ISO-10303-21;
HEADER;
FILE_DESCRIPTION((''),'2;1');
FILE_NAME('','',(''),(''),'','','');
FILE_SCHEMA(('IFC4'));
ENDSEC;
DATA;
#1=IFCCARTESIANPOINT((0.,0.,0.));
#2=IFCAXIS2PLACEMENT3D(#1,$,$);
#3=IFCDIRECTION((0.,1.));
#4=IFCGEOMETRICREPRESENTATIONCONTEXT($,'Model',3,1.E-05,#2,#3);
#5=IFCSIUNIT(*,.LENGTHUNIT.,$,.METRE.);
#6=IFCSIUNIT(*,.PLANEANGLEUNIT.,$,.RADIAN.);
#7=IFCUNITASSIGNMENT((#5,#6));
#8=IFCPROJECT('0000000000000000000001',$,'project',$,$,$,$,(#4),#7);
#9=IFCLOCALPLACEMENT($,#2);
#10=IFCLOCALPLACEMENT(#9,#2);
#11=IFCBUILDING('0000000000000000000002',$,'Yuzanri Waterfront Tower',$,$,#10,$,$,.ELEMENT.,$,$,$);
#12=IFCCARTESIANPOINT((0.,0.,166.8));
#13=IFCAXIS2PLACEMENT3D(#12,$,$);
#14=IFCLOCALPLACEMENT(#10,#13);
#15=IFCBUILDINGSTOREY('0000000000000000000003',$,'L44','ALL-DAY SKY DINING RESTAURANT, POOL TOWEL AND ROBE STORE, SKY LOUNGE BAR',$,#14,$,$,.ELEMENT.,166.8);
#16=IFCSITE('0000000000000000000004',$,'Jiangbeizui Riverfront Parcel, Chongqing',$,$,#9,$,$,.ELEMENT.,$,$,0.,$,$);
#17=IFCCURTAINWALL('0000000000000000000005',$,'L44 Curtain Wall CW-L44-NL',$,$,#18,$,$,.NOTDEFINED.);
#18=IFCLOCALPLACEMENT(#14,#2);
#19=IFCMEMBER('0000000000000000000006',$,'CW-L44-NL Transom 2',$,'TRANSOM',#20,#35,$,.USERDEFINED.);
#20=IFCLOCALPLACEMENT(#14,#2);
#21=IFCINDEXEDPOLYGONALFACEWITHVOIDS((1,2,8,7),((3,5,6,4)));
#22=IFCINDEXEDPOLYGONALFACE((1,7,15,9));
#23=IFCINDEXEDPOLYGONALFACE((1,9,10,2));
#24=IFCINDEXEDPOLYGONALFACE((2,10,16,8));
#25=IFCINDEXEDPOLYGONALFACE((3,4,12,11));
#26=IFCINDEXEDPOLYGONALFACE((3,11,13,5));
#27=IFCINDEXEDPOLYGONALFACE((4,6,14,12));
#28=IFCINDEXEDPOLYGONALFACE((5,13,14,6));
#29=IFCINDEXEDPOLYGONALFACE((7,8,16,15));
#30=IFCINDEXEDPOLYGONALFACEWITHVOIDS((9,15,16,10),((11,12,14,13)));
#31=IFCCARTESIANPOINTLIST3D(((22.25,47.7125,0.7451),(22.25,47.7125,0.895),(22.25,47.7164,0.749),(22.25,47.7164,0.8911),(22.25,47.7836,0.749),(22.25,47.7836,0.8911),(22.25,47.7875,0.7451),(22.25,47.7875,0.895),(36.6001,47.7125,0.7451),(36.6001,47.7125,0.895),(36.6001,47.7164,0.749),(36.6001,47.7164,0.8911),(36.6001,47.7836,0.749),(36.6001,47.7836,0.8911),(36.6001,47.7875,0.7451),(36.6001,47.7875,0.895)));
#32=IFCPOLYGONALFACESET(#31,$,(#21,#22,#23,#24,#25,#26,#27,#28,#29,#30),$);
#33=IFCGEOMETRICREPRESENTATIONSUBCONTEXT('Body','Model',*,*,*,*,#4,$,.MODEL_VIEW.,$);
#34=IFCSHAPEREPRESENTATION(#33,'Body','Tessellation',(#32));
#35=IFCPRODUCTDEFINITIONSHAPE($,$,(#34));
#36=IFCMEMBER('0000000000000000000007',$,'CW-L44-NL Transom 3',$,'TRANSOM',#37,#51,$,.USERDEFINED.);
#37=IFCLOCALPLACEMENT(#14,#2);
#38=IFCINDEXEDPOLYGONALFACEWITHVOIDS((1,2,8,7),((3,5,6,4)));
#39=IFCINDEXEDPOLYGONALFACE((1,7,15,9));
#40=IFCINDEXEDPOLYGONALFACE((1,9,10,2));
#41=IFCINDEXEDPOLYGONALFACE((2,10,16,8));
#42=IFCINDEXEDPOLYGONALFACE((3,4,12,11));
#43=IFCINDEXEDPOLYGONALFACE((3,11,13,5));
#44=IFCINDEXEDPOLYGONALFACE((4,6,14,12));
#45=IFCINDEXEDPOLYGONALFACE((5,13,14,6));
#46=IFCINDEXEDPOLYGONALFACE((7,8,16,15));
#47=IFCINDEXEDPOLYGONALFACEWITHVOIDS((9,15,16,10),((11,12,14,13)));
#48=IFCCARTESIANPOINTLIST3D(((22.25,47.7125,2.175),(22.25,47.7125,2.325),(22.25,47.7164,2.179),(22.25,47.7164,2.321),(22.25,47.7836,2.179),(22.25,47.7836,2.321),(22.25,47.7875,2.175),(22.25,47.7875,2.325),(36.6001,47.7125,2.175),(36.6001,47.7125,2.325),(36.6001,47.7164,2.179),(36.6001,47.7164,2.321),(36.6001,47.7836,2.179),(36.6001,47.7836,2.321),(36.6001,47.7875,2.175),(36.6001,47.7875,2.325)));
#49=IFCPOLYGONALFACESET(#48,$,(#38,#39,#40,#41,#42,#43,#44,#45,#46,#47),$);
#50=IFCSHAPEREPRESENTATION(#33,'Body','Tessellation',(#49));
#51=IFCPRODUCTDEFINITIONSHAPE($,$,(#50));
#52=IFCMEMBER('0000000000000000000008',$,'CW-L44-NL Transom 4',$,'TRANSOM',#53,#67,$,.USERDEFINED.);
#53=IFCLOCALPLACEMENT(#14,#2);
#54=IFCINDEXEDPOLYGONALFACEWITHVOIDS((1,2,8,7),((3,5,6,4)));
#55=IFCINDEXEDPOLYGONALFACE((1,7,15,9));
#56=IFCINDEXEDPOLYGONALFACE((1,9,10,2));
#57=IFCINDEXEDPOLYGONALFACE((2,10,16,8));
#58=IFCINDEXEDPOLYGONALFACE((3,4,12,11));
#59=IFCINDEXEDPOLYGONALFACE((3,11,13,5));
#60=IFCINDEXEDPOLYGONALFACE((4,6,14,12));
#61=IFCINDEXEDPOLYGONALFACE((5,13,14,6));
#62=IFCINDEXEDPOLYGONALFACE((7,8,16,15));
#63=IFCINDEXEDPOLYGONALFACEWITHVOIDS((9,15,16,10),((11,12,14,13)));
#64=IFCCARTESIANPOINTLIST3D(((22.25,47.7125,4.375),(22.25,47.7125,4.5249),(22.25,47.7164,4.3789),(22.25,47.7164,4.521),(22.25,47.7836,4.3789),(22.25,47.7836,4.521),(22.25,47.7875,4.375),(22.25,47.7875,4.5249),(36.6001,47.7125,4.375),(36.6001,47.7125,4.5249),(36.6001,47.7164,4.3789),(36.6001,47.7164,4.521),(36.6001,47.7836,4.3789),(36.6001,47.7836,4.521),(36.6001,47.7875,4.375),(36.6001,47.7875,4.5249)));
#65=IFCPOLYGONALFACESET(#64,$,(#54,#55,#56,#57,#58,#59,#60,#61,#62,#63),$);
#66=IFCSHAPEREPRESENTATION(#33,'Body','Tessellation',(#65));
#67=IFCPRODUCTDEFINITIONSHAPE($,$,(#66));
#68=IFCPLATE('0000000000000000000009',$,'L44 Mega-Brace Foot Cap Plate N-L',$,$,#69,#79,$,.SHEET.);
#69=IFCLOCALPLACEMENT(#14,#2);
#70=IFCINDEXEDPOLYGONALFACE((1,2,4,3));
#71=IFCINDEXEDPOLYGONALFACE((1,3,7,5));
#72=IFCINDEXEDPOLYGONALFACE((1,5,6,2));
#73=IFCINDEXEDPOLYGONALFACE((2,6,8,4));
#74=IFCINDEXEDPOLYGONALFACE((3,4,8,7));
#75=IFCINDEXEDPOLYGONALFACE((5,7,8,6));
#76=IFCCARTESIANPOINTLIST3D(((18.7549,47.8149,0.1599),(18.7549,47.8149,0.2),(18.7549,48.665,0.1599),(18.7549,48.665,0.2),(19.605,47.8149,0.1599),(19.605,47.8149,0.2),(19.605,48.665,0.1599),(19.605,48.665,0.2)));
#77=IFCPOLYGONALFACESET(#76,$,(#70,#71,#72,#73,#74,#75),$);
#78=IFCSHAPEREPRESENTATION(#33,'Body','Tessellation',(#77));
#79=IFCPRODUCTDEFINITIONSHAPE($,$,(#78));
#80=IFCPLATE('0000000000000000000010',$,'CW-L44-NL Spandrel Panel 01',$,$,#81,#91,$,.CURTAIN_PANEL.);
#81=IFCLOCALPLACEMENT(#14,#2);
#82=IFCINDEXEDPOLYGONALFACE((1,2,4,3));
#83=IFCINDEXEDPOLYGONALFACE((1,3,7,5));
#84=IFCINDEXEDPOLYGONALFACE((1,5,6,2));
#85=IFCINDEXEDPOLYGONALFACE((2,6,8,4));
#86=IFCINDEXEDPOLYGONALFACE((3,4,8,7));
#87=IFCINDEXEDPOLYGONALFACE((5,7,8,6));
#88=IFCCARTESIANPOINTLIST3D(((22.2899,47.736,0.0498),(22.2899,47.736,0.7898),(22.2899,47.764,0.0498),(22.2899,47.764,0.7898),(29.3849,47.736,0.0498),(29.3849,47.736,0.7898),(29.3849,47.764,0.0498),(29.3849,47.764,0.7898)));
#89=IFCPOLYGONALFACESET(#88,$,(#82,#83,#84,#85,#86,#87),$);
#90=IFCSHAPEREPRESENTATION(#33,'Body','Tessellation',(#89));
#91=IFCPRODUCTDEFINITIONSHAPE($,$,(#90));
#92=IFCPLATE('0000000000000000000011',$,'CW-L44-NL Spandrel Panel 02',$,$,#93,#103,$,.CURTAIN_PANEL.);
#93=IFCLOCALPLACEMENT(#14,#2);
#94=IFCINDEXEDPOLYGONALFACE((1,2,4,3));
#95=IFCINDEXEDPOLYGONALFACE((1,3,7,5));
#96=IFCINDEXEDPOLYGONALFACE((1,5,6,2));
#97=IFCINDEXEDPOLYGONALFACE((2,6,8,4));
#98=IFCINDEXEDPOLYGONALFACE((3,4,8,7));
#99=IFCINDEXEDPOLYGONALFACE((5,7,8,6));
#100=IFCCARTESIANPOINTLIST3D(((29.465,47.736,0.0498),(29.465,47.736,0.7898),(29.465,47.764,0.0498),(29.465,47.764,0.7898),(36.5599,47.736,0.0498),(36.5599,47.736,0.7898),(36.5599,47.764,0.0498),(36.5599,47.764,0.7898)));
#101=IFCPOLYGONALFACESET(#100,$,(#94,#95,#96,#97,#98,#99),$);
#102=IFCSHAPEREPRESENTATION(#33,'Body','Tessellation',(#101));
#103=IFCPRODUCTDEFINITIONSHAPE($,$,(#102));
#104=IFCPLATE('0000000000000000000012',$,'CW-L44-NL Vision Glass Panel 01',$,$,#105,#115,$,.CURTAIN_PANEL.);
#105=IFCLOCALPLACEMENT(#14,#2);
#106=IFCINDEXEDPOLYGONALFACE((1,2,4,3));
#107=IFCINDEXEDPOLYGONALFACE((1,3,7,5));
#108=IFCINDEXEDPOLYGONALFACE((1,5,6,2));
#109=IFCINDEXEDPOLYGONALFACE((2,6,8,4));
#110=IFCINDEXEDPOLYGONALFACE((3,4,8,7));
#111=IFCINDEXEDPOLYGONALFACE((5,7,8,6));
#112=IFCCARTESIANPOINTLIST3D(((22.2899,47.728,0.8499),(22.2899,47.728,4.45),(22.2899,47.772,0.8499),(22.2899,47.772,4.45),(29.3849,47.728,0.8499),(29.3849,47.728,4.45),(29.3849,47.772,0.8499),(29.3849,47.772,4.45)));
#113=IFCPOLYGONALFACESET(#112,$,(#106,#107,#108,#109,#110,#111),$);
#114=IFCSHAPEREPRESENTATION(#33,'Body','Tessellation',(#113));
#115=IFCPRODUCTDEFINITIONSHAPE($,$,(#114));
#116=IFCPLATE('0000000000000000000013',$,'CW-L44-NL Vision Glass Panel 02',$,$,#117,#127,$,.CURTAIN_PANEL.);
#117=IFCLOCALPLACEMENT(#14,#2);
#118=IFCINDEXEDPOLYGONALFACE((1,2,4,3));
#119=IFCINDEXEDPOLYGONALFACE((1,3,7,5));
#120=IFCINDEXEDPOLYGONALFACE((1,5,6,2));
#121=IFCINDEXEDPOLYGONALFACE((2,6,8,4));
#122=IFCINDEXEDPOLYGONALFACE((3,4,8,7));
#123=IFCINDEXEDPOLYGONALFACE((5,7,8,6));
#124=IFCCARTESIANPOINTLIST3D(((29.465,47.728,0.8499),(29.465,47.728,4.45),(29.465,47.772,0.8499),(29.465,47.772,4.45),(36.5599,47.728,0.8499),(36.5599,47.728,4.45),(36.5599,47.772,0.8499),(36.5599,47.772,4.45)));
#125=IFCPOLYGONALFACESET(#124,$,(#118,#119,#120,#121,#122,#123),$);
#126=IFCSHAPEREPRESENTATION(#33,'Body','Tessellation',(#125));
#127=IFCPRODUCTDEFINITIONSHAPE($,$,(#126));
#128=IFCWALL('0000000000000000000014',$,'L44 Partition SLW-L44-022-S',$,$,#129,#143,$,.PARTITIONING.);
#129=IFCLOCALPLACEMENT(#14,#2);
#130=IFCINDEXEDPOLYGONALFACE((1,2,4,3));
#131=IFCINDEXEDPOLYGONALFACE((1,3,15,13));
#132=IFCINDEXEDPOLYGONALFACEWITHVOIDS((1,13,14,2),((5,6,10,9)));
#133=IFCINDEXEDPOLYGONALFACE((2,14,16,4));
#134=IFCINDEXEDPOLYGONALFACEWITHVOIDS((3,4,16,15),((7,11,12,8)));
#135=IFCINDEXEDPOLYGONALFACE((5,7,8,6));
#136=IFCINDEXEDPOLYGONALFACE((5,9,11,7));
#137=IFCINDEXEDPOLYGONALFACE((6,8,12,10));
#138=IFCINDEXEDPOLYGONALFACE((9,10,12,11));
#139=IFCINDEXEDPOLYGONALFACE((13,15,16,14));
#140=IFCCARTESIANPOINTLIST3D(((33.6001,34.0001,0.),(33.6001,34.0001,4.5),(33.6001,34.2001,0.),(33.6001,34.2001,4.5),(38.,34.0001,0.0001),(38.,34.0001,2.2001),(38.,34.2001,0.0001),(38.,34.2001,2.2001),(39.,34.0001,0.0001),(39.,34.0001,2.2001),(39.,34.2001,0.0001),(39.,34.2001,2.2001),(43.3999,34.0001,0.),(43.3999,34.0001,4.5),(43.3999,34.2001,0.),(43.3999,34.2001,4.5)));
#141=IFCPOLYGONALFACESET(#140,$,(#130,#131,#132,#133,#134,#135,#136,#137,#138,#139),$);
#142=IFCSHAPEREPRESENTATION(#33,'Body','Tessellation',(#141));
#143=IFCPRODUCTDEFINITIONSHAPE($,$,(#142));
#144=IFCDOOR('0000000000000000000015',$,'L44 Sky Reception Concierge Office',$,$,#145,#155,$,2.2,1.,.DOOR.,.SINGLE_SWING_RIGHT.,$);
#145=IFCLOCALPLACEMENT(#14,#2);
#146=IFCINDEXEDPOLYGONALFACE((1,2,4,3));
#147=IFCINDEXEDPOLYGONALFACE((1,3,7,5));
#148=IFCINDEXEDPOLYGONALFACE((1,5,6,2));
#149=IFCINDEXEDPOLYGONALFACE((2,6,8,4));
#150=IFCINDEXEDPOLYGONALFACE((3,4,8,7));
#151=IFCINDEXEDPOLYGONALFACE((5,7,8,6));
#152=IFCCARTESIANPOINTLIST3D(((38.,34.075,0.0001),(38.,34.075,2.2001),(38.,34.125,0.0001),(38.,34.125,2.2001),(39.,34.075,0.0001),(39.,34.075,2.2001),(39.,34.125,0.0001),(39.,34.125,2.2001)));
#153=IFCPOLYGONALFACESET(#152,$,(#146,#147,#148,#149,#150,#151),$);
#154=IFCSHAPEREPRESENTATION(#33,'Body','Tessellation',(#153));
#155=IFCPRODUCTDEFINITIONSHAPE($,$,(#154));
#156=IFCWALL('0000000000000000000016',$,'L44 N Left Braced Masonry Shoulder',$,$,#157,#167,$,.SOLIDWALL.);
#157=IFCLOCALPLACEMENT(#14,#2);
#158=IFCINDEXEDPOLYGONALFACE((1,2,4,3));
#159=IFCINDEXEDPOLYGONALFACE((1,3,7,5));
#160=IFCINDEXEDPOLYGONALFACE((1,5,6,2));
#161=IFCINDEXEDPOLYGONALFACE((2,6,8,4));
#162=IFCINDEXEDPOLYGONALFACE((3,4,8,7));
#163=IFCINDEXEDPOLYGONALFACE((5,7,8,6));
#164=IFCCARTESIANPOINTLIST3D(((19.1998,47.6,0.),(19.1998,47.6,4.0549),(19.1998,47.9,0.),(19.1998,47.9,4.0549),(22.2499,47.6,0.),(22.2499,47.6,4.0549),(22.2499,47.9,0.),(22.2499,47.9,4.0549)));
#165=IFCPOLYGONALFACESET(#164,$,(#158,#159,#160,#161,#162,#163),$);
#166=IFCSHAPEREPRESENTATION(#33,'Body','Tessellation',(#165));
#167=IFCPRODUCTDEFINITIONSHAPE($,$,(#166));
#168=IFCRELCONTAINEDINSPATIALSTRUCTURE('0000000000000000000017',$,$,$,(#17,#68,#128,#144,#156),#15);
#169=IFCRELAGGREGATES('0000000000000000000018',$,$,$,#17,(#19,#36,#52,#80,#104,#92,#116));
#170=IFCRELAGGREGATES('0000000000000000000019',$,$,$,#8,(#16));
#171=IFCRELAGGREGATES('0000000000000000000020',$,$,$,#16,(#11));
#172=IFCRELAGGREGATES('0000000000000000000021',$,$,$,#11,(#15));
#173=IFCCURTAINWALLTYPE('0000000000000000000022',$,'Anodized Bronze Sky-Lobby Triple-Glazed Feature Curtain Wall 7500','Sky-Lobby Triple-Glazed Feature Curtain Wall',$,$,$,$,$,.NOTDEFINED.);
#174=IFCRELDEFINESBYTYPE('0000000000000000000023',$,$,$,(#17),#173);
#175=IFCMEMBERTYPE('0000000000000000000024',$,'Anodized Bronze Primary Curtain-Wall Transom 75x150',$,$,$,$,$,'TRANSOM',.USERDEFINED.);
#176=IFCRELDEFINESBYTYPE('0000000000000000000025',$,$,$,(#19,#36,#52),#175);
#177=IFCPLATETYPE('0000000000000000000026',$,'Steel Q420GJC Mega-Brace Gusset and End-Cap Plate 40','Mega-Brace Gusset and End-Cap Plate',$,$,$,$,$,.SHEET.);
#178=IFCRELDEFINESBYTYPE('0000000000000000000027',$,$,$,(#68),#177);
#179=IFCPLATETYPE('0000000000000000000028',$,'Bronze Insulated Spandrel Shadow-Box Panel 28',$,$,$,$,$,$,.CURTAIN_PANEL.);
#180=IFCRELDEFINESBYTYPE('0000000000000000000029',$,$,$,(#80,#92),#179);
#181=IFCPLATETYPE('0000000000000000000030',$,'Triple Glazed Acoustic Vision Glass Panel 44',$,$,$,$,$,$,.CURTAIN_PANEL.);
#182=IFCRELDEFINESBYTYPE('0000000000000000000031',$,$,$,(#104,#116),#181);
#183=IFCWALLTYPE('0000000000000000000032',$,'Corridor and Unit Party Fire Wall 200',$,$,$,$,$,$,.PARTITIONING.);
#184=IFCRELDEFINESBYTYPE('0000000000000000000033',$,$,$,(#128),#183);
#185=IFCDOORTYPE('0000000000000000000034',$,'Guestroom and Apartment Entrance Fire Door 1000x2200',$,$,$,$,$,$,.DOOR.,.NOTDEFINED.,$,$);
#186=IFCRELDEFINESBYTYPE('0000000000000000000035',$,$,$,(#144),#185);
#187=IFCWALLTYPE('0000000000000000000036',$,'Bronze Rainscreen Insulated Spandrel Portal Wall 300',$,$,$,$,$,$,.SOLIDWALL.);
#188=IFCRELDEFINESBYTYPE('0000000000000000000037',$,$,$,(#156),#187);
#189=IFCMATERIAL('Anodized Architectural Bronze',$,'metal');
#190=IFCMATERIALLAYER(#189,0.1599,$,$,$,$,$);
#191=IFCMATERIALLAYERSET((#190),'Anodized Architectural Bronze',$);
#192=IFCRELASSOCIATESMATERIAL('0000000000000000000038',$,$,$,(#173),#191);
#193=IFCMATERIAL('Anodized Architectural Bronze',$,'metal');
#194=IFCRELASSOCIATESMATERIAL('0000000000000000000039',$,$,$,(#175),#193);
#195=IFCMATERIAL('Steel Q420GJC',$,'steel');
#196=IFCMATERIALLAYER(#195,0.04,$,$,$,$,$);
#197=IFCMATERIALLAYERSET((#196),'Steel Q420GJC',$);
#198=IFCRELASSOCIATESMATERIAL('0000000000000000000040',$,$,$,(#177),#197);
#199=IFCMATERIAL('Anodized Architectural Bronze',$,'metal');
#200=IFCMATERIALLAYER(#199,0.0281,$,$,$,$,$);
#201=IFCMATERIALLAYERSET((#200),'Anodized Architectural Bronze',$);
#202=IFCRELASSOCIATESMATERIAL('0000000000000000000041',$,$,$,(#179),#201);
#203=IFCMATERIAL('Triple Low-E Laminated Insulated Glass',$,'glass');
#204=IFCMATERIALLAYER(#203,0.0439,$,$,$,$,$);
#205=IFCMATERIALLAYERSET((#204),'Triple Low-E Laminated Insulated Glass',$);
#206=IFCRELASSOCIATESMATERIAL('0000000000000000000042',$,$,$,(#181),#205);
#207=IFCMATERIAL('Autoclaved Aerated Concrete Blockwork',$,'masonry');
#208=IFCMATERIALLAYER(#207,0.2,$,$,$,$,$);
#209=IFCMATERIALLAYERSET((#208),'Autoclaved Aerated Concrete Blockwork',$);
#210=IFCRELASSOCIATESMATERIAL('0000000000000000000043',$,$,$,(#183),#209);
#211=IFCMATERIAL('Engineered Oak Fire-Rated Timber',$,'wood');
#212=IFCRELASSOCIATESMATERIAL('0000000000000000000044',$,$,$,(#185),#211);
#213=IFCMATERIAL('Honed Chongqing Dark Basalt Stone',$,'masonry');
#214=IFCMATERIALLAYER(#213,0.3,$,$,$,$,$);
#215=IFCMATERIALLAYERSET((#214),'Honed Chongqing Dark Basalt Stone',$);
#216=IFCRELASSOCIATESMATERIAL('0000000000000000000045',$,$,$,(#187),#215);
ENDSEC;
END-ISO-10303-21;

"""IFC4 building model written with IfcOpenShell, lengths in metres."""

from ifc_helpers import new_model, si_unit, direction, frame, frame_2d, origin, origin_2d, place, context, subcontext, project, spatial, rectangle, hollow_rectangle, extrude, source, transform, mapped, material, layer, layer_set, material_profile, profile_set, type_object, element, fill, aggregate, save


model = new_model("IFC4")

# Units and contexts
model_context = context("Model", 3, precision=1e-05, world=origin(), true_north=direction((0.0, 1.0)))
body_context = subcontext(model_context, "Body", "Model", "MODEL_VIEW")
ifc_project = project(units=[si_unit("LENGTHUNIT", "METRE"), si_unit("PLANEANGLEUNIT", "RADIAN")], contexts=[model_context])

# Site, building, storey
site_placement = place(None, origin())
site = spatial("IfcSite", under=ifc_project, at=site_placement, Name="Jiangbeizui Riverfront Parcel, Chongqing", CompositionType="ELEMENT", RefElevation=0.0)
building_placement = place(site_placement, origin())
building = spatial("IfcBuilding", under=site, at=building_placement, Name="Yuzanri Waterfront Tower", CompositionType="ELEMENT")
storey_placement = place(building_placement, frame((0.0, 0.0, 166.8)))
storey = spatial("IfcBuildingStorey", under=building, at=storey_placement, Name="L44", Description="ALL-DAY SKY DINING RESTAURANT, POOL TOWEL AND ROBE STORE, SKY LOUNGE BAR", CompositionType="ELEMENT", Elevation=166.8)

# Curtain wall, members
ifc_material_1 = material(Name="Anodized Architectural Bronze", Category="metal")
ifc_layer_1 = layer(ifc_material_1, 0.1599)
ifc_layer_set_1 = layer_set([ifc_layer_1], Name="Anodized Architectural Bronze")
curtain_wall_type = type_object("IfcCurtainWallType", Name="Anodized Bronze Sky-Lobby Triple-Glazed Feature Curtain Wall 7500", Description="Sky-Lobby Triple-Glazed Feature Curtain Wall", PredefinedType="NOTDEFINED", material=ifc_layer_set_1)
curtain_wall_placement = place(storey_placement, origin())
curtain_wall = element("IfcCurtainWall", 1, at=curtain_wall_placement, inside=storey, type_object=curtain_wall_type, Name="L44 Curtain Wall CW-L44-NL", PredefinedType="NOTDEFINED")
ifc_material_2 = material(Name="Anodized Architectural Bronze", Category="metal")
ifc_material_profile_1 = material_profile(ifc_material_2, hollow_rectangle(XDim=0.075, YDim=0.1499, WallThickness=0.0039, at=origin_2d()), Name="CWT 75x150")
ifc_profile_set_1 = profile_set([ifc_material_profile_1], Name="Anodized Architectural Bronze")
member_type_1 = type_object("IfcMemberType", Name="Anodized Bronze Primary Curtain-Wall Transom 75x150", ElementType="TRANSOM", PredefinedType="USERDEFINED", material=ifc_profile_set_1)
shared_shape_1 = source(origin(), body_context, "Body", "SweptSolid", [
    extrude(hollow_rectangle(XDim=0.075, YDim=0.1499, WallThickness=0.0039, at=origin_2d()), origin(), (0.0, 0.0, 1.0), 14.3501),
])
member_1_placement = place(storey_placement, frame((22.25, 47.75, 0.8201), z_axis=(1.0, 0.0, 0.0), x_axis=(0.0, 1.0, 0.0)))
member_1 = element("IfcMember", 2, at=member_1_placement, type_object=member_type_1, Name="CW-L44-NL Transom 2", ObjectType="TRANSOM", PredefinedType="USERDEFINED", context=body_context, shape_type="MappedRepresentation", body=[
    mapped(shared_shape_1, transform((0.0, 0.0, 0.0), scale=1.0)),
])
member_2_placement = place(storey_placement, frame((22.25, 47.75, 2.25), z_axis=(1.0, 0.0, 0.0), x_axis=(0.0, 1.0, 0.0)))
member_2 = element("IfcMember", 3, at=member_2_placement, type_object=member_type_1, Name="CW-L44-NL Transom 3", ObjectType="TRANSOM", PredefinedType="USERDEFINED", context=body_context, shape_type="MappedRepresentation", body=[
    mapped(shared_shape_1, transform((0.0, 0.0, 0.0), scale=1.0)),
])
member_3_placement = place(storey_placement, frame((22.25, 47.75, 4.45), z_axis=(1.0, 0.0, 0.0), x_axis=(0.0, 1.0, 0.0)))
member_3 = element("IfcMember", 4, at=member_3_placement, type_object=member_type_1, Name="CW-L44-NL Transom 4", ObjectType="TRANSOM", PredefinedType="USERDEFINED", context=body_context, shape_type="MappedRepresentation", body=[
    mapped(shared_shape_1, transform((0.0, 0.0, 0.0), scale=1.0)),
])

# Plates
ifc_material_3 = material(Name="Steel Q420GJC", Category="steel")
ifc_layer_2 = layer(ifc_material_3, 0.04)
ifc_layer_set_2 = layer_set([ifc_layer_2], Name="Steel Q420GJC")
plate_type_1 = type_object("IfcPlateType", Name="Steel Q420GJC Mega-Brace Gusset and End-Cap Plate 40", Description="Mega-Brace Gusset and End-Cap Plate", PredefinedType="SHEET", material=ifc_layer_set_2)
shared_shape_2 = source(origin(), body_context, "Body", "SweptSolid", [
    extrude(rectangle(XDim=0.8501, YDim=0.8501, at=origin_2d()), origin(), (0.0, 0.0, 1.0), 0.04),
])
plate_1_placement = place(storey_placement, frame((19.1799, 48.24, 0.1599), z_axis=(0.0, 0.0, 1.0), x_axis=(1.0, 0.0, 0.0)))
element("IfcPlate", 5, at=plate_1_placement, inside=storey, type_object=plate_type_1, Name="L44 Mega-Brace Foot Cap Plate N-L", PredefinedType="SHEET", context=body_context, shape_type="MappedRepresentation", body=[
    mapped(shared_shape_2, transform((0.0, 0.0, 0.0), scale=1.0)),
])
ifc_material_4 = material(Name="Anodized Architectural Bronze", Category="metal")
ifc_layer_3 = layer(ifc_material_4, 0.0281)
ifc_layer_set_3 = layer_set([ifc_layer_3], Name="Anodized Architectural Bronze")
plate_type_2 = type_object("IfcPlateType", Name="Bronze Insulated Spandrel Shadow-Box Panel 28", PredefinedType="CURTAIN_PANEL", material=ifc_layer_set_3)
shared_shape_3 = source(origin(), body_context, "Body", "SweptSolid", [
    extrude(rectangle(XDim=7.095, YDim=0.0281, at=origin_2d()), origin(), (0.0, 0.0, 1.0), 0.74),
])
plate_2_placement = place(storey_placement, frame((25.8374, 47.75, 0.0498), z_axis=(0.0, 0.0, 1.0), x_axis=(1.0, 0.0, 0.0)))
plate_2 = element("IfcPlate", 6, at=plate_2_placement, type_object=plate_type_2, Name="CW-L44-NL Spandrel Panel 01", PredefinedType="CURTAIN_PANEL", context=body_context, shape_type="MappedRepresentation", body=[
    mapped(shared_shape_3, transform((0.0, 0.0, 0.0), scale=1.0)),
])
plate_3_placement = place(storey_placement, frame((33.0125, 47.75, 0.0498), z_axis=(0.0, 0.0, 1.0), x_axis=(1.0, 0.0, 0.0)))
plate_3 = element("IfcPlate", 7, at=plate_3_placement, type_object=plate_type_2, Name="CW-L44-NL Spandrel Panel 02", PredefinedType="CURTAIN_PANEL", context=body_context, shape_type="MappedRepresentation", body=[
    mapped(shared_shape_3, transform((0.0, 0.0, 0.0), scale=1.0)),
])
ifc_material_5 = material(Name="Triple Low-E Laminated Insulated Glass", Category="glass")
ifc_layer_4 = layer(ifc_material_5, 0.0439)
ifc_layer_set_4 = layer_set([ifc_layer_4], Name="Triple Low-E Laminated Insulated Glass")
plate_type_3 = type_object("IfcPlateType", Name="Triple Glazed Acoustic Vision Glass Panel 44", PredefinedType="CURTAIN_PANEL", material=ifc_layer_set_4)
shared_shape_4 = source(origin(), body_context, "Body", "SweptSolid", [
    extrude(rectangle(XDim=7.095, YDim=0.0439, at=origin_2d()), origin(), (0.0, 0.0, 1.0), 3.6001),
])
plate_4_placement = place(storey_placement, frame((25.8374, 47.75, 0.8499), z_axis=(0.0, 0.0, 1.0), x_axis=(1.0, 0.0, 0.0)))
plate_4 = element("IfcPlate", 8, at=plate_4_placement, type_object=plate_type_3, Name="CW-L44-NL Vision Glass Panel 01", PredefinedType="CURTAIN_PANEL", context=body_context, shape_type="MappedRepresentation", body=[
    mapped(shared_shape_4, transform((0.0, 0.0, 0.0), scale=1.0)),
])
plate_5_placement = place(storey_placement, frame((33.0125, 47.75, 0.8499), z_axis=(0.0, 0.0, 1.0), x_axis=(1.0, 0.0, 0.0)))
plate_5 = element("IfcPlate", 9, at=plate_5_placement, type_object=plate_type_3, Name="CW-L44-NL Vision Glass Panel 02", PredefinedType="CURTAIN_PANEL", context=body_context, shape_type="MappedRepresentation", body=[
    mapped(shared_shape_4, transform((0.0, 0.0, 0.0), scale=1.0)),
])
aggregate(curtain_wall, [member_1, member_2, member_3, plate_2, plate_4, plate_3, plate_5])

# Wall, opening, door
ifc_material_6 = material(Name="Autoclaved Aerated Concrete Blockwork", Category="masonry")
ifc_layer_5 = layer(ifc_material_6, 0.2)
ifc_layer_set_5 = layer_set([ifc_layer_5], Name="Autoclaved Aerated Concrete Blockwork")
wall_type_1 = type_object("IfcWallType", Name="Corridor and Unit Party Fire Wall 200", PredefinedType="PARTITIONING", material=ifc_layer_set_5)
wall_1_placement = place(storey_placement, frame((33.6001, 34.1001, 0.0), z_axis=(0.0, 0.0, 1.0), x_axis=(1.0, 0.0, 0.0)))
wall_1 = element("IfcWall", 10, at=wall_1_placement, inside=storey, type_object=wall_type_1, Name="L44 Partition SLW-L44-022-S", PredefinedType="PARTITIONING", context=body_context, shape_type="SweptSolid", body=[
    extrude(rectangle(XDim=9.7998, YDim=0.2, at=frame_2d((4.8999, 0.0))), origin(), (0.0, 0.0, 1.0), 4.5),
])
opening_placement = place(wall_1_placement, frame((4.3999, 0.0, 0.0)))
opening = element("IfcOpeningElement", 11, at=opening_placement, cuts=wall_1, PredefinedType="OPENING", context=body_context, shape_type="SweptSolid", body=[
    extrude(rectangle(XDim=1.0, YDim=2.2, at=frame_2d((0.5, 1.1001))), frame((0.0, 0.1147, 0.0), z_axis=(0.0, -1.0, 0.0), x_axis=(1.0, 0.0, 0.0)), (0.0, 0.0, 1.0), 0.2297),
])
ifc_material_7 = material(Name="Engineered Oak Fire-Rated Timber", Category="wood")
door_type = type_object("IfcDoorType", Name="Guestroom and Apartment Entrance Fire Door 1000x2200", OperationType="NOTDEFINED", PredefinedType="DOOR", material=ifc_material_7)
shared_shape_5 = source(origin(), body_context, "Body", "SweptSolid", [
    extrude(rectangle(XDim=1.0, YDim=2.2, at=frame_2d((0.5, 1.1001))), frame((0.0, 0.0249, 0.0), z_axis=(0.0, -1.0, 0.0), x_axis=(1.0, 0.0, 0.0)), (0.0, 0.0, 1.0), 0.05),
])
door_placement = place(opening_placement, origin())
door = element("IfcDoor", 12, at=door_placement, inside=storey, type_object=door_type, Name="L44 Sky Reception Concierge Office", OperationType="SINGLE_SWING_RIGHT", OverallHeight=2.2, OverallWidth=1.0, PredefinedType="DOOR", context=body_context, shape_type="MappedRepresentation", body=[
    mapped(shared_shape_5, transform((0.0, 0.0, 0.0), scale=1.0)),
])
fill(opening, door)

# Wall
ifc_material_8 = material(Name="Honed Chongqing Dark Basalt Stone", Category="masonry")
ifc_layer_6 = layer(ifc_material_8, 0.3)
ifc_layer_set_6 = layer_set([ifc_layer_6], Name="Honed Chongqing Dark Basalt Stone")
wall_type_2 = type_object("IfcWallType", Name="Bronze Rainscreen Insulated Spandrel Portal Wall 300", PredefinedType="SOLIDWALL", material=ifc_layer_set_6)
shared_shape_6 = source(origin(), body_context, "Body", "SweptSolid", [
    extrude(rectangle(XDim=3.05, YDim=0.3, at=frame_2d((1.5249, 0.0))), origin(), (0.0, 0.0, 1.0), 4.0549),
])
wall_2_placement = place(storey_placement, frame((19.2, 47.75, 0.0), z_axis=(0.0, 0.0, 1.0), x_axis=(1.0, 0.0, 0.0)))
element("IfcWall", 13, at=wall_2_placement, inside=storey, type_object=wall_type_2, Name="L44 N Left Braced Masonry Shoulder", PredefinedType="SOLIDWALL", context=body_context, shape_type="MappedRepresentation", body=[
    mapped(shared_shape_6, transform((0.0, 0.0, 0.0), scale=1.0)),
])

save(model, "model.ifc")
